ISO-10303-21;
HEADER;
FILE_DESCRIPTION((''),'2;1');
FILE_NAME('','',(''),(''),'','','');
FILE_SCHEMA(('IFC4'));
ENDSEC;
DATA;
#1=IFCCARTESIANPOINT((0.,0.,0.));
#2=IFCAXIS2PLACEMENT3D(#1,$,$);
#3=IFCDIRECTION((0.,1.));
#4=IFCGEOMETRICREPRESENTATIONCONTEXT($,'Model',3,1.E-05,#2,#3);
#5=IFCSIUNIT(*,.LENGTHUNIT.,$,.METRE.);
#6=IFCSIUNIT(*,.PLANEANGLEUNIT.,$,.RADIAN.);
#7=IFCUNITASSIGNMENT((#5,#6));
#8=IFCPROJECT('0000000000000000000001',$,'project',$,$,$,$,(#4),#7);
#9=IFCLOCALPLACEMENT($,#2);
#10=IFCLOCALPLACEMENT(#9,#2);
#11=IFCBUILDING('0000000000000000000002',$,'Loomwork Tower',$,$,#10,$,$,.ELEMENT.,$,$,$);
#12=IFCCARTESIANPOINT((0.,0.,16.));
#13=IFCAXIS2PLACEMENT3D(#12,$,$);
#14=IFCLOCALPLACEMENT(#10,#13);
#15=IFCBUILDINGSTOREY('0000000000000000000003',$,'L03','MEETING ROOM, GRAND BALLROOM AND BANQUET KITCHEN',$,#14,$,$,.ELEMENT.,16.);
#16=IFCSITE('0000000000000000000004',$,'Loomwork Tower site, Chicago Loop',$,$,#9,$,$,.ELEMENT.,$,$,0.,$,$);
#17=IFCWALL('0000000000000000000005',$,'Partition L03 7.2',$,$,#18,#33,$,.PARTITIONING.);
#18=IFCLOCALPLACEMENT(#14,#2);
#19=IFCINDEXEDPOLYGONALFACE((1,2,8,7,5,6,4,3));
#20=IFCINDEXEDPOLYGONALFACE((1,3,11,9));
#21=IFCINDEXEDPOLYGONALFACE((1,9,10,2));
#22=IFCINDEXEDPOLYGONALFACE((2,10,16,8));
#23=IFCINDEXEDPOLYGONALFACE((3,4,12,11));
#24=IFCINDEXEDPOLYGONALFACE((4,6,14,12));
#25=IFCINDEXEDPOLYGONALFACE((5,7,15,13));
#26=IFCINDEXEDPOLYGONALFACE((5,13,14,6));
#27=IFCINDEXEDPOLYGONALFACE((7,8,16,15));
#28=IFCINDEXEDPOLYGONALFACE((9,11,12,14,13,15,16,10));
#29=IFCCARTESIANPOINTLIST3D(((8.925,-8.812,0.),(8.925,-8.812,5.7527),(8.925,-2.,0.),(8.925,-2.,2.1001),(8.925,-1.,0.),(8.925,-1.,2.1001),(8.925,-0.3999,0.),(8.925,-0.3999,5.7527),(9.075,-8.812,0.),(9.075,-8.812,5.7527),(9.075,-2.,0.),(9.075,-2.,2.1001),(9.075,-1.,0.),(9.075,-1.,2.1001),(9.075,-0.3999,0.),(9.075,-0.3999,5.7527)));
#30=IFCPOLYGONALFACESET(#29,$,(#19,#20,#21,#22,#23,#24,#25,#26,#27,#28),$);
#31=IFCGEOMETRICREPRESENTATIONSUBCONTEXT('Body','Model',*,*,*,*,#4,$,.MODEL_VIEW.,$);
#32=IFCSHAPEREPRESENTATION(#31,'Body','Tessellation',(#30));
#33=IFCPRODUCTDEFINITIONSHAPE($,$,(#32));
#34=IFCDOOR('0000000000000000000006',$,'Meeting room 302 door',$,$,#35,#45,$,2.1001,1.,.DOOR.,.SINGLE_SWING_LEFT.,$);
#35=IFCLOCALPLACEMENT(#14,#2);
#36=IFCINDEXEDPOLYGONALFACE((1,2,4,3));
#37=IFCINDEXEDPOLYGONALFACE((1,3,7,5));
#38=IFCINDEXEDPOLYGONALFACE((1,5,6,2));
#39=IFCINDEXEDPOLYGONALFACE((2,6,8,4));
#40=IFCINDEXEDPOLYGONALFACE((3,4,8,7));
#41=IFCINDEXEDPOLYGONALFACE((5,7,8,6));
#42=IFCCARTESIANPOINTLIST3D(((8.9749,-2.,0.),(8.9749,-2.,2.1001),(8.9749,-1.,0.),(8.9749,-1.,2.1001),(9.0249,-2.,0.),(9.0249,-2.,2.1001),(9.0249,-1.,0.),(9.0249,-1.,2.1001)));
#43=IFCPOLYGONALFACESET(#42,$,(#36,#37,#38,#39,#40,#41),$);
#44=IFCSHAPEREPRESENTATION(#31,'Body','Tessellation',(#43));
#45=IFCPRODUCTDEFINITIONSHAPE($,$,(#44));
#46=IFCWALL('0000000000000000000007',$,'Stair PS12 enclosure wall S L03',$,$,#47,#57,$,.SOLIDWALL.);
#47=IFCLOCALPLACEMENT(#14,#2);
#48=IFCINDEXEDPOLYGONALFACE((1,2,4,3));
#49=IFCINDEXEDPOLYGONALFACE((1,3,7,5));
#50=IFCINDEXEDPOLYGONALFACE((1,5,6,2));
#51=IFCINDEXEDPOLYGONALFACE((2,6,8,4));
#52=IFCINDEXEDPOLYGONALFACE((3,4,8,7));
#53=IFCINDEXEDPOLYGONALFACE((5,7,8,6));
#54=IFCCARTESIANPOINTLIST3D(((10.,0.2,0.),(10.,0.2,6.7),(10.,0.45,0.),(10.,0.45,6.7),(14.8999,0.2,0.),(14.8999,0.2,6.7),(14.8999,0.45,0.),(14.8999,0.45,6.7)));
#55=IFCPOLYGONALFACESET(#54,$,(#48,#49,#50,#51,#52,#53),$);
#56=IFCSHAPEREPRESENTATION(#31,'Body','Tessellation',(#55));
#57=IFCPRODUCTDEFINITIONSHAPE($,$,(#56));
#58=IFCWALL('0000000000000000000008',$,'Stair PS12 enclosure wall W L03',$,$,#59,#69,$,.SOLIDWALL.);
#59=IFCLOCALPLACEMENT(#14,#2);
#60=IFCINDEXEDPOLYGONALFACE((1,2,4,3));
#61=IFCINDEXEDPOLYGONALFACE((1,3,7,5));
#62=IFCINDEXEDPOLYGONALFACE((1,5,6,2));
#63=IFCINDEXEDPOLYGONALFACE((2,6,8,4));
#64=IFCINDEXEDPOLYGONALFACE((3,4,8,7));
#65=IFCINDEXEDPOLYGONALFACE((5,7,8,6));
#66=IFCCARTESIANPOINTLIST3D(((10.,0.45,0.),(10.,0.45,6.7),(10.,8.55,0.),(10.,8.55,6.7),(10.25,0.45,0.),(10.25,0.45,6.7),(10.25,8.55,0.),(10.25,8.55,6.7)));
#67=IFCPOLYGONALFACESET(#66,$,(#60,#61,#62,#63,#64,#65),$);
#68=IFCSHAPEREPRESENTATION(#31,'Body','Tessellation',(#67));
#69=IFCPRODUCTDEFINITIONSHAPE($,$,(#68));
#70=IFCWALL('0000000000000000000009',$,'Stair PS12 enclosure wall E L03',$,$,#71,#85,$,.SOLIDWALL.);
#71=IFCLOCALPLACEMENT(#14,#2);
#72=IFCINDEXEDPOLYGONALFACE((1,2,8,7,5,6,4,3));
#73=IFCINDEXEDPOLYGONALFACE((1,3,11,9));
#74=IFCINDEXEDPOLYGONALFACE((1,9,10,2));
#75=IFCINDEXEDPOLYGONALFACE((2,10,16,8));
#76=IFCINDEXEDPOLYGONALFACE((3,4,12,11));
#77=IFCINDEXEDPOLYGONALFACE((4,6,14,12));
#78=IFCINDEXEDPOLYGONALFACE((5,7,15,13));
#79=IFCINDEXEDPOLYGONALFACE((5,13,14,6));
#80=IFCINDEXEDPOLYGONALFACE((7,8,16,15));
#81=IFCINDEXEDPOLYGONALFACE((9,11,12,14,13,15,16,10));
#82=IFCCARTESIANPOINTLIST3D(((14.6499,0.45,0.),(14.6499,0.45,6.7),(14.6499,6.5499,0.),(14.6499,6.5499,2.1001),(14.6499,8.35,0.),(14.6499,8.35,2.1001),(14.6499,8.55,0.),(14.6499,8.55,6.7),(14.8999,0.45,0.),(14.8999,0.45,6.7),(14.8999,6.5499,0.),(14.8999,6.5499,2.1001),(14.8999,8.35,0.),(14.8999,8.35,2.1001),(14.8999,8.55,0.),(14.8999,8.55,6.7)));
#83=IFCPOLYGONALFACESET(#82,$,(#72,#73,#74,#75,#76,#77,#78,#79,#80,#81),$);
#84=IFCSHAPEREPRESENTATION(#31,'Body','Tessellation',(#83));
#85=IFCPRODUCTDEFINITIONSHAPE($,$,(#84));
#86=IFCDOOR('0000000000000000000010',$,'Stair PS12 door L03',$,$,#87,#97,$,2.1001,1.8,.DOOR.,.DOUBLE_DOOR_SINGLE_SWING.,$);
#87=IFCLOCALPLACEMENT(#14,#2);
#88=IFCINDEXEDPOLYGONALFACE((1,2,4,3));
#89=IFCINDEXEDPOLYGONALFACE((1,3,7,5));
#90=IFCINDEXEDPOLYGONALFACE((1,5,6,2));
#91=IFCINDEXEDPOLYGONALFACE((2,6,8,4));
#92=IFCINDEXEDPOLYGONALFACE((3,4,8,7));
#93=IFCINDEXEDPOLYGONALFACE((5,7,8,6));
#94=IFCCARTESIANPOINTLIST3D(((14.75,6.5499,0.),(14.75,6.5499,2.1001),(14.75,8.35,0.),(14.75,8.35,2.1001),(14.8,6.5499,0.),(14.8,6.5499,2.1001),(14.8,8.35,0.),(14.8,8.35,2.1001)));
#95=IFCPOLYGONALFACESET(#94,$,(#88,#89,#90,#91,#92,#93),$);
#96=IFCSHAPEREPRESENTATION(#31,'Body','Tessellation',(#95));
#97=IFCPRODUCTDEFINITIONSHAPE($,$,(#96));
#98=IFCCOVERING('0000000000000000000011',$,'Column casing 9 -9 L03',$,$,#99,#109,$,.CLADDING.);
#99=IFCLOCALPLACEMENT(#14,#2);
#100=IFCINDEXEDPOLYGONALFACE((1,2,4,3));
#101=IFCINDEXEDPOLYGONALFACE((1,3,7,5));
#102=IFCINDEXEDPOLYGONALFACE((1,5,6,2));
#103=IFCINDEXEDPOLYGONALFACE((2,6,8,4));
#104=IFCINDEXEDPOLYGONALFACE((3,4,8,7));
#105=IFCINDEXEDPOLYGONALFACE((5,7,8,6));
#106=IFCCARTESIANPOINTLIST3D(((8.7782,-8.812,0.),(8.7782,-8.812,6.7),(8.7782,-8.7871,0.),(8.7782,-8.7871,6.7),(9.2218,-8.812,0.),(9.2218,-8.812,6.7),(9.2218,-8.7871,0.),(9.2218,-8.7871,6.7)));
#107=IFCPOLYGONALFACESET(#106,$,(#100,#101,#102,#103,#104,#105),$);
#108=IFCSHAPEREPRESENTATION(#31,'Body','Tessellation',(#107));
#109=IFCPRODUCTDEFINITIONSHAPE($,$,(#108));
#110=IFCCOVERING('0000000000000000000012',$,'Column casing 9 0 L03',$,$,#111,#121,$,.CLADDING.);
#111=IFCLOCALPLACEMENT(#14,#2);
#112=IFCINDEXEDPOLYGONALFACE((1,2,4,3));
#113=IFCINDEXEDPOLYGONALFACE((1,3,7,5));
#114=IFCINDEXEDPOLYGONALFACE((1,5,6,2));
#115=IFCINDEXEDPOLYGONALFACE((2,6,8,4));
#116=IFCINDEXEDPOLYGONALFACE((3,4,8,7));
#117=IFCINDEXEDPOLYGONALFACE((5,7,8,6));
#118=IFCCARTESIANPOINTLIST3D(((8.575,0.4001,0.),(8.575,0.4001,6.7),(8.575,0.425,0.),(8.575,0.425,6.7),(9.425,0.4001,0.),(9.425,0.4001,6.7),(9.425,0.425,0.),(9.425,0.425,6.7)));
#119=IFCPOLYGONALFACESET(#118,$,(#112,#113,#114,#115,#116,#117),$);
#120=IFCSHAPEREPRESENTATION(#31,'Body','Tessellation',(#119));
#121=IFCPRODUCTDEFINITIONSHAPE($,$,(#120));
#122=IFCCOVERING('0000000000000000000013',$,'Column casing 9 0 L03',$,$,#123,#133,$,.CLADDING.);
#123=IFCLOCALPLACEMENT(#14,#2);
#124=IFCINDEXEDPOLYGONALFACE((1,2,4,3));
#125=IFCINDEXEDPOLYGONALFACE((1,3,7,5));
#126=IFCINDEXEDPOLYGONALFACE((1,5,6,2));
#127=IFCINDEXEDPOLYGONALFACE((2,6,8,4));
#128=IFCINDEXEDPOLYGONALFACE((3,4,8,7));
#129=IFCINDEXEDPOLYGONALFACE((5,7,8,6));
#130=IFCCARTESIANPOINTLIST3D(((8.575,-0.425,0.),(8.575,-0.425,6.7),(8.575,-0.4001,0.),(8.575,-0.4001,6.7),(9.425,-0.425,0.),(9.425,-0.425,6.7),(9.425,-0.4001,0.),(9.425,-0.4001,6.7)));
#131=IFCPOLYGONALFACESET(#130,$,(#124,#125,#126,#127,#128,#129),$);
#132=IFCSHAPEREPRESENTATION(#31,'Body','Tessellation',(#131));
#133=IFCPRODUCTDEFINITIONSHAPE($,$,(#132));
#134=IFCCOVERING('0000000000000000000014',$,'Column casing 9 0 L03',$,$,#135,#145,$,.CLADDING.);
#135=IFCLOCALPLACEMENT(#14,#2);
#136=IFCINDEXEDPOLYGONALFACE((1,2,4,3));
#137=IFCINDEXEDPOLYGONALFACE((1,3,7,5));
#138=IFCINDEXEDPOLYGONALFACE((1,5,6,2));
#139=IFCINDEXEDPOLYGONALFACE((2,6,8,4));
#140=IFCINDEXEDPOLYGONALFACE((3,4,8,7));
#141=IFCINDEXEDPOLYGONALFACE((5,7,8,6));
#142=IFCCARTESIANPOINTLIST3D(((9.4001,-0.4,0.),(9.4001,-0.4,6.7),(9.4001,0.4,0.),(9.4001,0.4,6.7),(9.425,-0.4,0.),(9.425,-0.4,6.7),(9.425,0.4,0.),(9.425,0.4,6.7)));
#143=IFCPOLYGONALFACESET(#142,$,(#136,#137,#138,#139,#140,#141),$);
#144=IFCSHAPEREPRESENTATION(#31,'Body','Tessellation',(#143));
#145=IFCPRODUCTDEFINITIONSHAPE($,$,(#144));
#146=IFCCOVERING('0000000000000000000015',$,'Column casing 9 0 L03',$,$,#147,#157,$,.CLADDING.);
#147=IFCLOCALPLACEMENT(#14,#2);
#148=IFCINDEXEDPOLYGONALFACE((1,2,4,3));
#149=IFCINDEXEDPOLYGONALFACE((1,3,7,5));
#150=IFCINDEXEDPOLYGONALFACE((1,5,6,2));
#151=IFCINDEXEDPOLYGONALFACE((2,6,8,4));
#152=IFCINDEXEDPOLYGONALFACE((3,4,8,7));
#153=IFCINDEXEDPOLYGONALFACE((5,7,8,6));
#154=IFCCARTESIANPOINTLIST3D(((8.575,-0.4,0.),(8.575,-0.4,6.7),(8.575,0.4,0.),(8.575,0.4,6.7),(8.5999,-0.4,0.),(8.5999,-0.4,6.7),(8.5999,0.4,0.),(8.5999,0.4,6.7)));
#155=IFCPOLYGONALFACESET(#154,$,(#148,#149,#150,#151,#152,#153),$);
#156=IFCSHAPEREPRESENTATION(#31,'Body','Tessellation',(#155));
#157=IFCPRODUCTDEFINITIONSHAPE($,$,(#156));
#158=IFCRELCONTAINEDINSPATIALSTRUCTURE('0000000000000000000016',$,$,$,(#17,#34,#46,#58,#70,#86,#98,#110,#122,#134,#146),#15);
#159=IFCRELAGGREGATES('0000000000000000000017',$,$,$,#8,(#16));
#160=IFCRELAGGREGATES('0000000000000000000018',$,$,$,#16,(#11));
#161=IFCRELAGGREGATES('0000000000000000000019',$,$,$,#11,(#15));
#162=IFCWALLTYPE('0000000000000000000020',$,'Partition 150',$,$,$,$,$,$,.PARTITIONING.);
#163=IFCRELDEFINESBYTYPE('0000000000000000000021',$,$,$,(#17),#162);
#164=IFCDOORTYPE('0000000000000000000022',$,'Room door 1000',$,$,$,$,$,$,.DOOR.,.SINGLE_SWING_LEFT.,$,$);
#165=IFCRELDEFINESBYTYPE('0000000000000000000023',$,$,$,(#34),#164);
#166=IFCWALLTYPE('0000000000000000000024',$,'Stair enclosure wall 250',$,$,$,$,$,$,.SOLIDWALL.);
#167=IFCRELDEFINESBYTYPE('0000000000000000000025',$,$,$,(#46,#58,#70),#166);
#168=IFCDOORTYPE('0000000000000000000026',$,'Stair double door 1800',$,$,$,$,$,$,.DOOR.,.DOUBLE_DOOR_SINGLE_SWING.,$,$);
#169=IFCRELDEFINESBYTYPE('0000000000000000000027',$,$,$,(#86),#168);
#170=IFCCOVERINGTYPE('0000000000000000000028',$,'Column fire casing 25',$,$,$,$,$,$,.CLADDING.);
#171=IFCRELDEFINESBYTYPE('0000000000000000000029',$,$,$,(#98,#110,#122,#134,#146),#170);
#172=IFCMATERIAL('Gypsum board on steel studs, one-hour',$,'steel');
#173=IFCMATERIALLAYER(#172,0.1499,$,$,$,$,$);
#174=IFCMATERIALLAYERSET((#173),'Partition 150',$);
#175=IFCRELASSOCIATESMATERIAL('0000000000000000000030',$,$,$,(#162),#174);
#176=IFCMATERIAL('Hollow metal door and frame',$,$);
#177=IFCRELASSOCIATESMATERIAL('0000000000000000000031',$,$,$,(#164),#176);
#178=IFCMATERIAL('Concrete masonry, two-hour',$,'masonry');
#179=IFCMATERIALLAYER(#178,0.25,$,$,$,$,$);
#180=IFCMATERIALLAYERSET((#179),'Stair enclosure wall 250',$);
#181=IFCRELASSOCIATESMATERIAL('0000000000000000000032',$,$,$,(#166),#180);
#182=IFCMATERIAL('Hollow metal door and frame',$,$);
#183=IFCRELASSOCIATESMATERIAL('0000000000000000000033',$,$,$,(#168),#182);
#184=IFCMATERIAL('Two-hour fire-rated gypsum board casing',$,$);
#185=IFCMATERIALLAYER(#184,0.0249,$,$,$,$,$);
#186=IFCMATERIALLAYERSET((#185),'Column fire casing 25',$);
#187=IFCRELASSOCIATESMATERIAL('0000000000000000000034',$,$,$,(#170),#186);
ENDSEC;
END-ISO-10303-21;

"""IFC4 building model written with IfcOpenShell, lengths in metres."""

from ifc_helpers import new_model, si_unit, direction, frame, frame_2d, origin, origin_2d, place, context, subcontext, project, spatial, rectangle, extrude, material, layer, layer_set, type_object, element, fill, save


model = new_model("IFC4")

# Units and contexts
model_context = context("Model", 3, precision=1e-05, world=origin(), true_north=direction((0.0, 1.0)))
body_context = subcontext(model_context, "Body", "Model", "MODEL_VIEW")
ifc_project = project(units=[si_unit("LENGTHUNIT", "METRE"), si_unit("PLANEANGLEUNIT", "RADIAN")], contexts=[model_context])

# Site, building, storey
site_placement = place(None, origin())
site = spatial("IfcSite", under=ifc_project, at=site_placement, Name="Loomwork Tower site, Chicago Loop", CompositionType="ELEMENT", RefElevation=0.0)
building_placement = place(site_placement, origin())
building = spatial("IfcBuilding", under=site, at=building_placement, Name="Loomwork Tower", CompositionType="ELEMENT")
storey_placement = place(building_placement, frame((0.0, 0.0, 16.0)))
storey = spatial("IfcBuildingStorey", under=building, at=storey_placement, Name="L03", Description="MEETING ROOM, GRAND BALLROOM AND BANQUET KITCHEN", CompositionType="ELEMENT", Elevation=16.0)

# Wall, opening, door
ifc_material_1 = material(Name="Gypsum board on steel studs, one-hour", Category="steel")
ifc_layer_1 = layer(ifc_material_1, 0.1499)
ifc_layer_set_1 = layer_set([ifc_layer_1], Name="Partition 150")
wall_type_1 = type_object("IfcWallType", Name="Partition 150", PredefinedType="PARTITIONING", material=ifc_layer_set_1)
wall_1_placement = place(storey_placement, frame((9.0, -0.3999, 0.0), z_axis=(0.0, 0.0, 1.0), x_axis=(0.0, -1.0, 0.0)))
wall_1 = element("IfcWall", 1, at=wall_1_placement, inside=storey, type_object=wall_type_1, Name="Partition L03 7.2", PredefinedType="PARTITIONING", context=body_context, shape_type="SweptSolid", body=[
    extrude(rectangle(XDim=8.4121, YDim=0.1499, at=frame_2d((4.2061, 0.0))), origin(), (0.0, 0.0, 1.0), 5.7527),
])
opening_1_placement = place(wall_1_placement, frame((0.6001, 0.0, 0.0)))
opening_1 = element("IfcOpeningElement", 2, at=opening_1_placement, cuts=wall_1, PredefinedType="OPENING", context=body_context, shape_type="SweptSolid", body=[
    extrude(rectangle(XDim=1.0, YDim=2.1001, at=frame_2d((0.5, 1.05))), frame((0.0, 0.085, 0.0), z_axis=(0.0, -1.0, 0.0), x_axis=(1.0, 0.0, 0.0)), (0.0, 0.0, 1.0), 0.1699),
])
ifc_material_2 = material(Name="Hollow metal door and frame")
door_type_1 = type_object("IfcDoorType", Name="Room door 1000", OperationType="SINGLE_SWING_LEFT", PredefinedType="DOOR", material=ifc_material_2)
door_1_placement = place(opening_1_placement, origin())
door_1 = element("IfcDoor", 3, at=door_1_placement, inside=storey, type_object=door_type_1, Name="Meeting room 302 door", OperationType="SINGLE_SWING_LEFT", OverallHeight=2.1001, OverallWidth=1.0, PredefinedType="DOOR", context=body_context, shape_type="SweptSolid", body=[
    extrude(rectangle(XDim=1.0, YDim=2.1001, at=frame_2d((0.5, 1.05))), frame((0.0, 0.0249, 0.0), z_axis=(0.0, -1.0, 0.0), x_axis=(1.0, 0.0, 0.0)), (0.0, 0.0, 1.0), 0.05),
])
fill(opening_1, door_1)

# Walls
ifc_material_3 = material(Name="Concrete masonry, two-hour", Category="masonry")
ifc_layer_2 = layer(ifc_material_3, 0.25)
ifc_layer_set_2 = layer_set([ifc_layer_2], Name="Stair enclosure wall 250")
wall_type_2 = type_object("IfcWallType", Name="Stair enclosure wall 250", PredefinedType="SOLIDWALL", material=ifc_layer_set_2)
wall_2_placement = place(storey_placement, frame((10.0, 0.325, 0.0), z_axis=(0.0, 0.0, 1.0), x_axis=(1.0, 0.0, 0.0)))
element("IfcWall", 4, at=wall_2_placement, inside=storey, type_object=wall_type_2, Name="Stair PS12 enclosure wall S L03", PredefinedType="SOLIDWALL", context=body_context, shape_type="SweptSolid", body=[
    extrude(rectangle(XDim=4.8999, YDim=0.25, at=frame_2d((2.45, 0.0))), origin(), (0.0, 0.0, 1.0), 6.7),
])
wall_3_placement = place(storey_placement, frame((10.125, 0.45, 0.0), z_axis=(0.0, 0.0, 1.0), x_axis=(0.0, 1.0, 0.0)))
element("IfcWall", 5, at=wall_3_placement, inside=storey, type_object=wall_type_2, Name="Stair PS12 enclosure wall W L03", PredefinedType="SOLIDWALL", context=body_context, shape_type="SweptSolid", body=[
    extrude(rectangle(XDim=8.1001, YDim=0.25, at=frame_2d((4.05, 0.0))), origin(), (0.0, 0.0, 1.0), 6.7),
])

# Wall, opening, door
wall_4_placement = place(storey_placement, frame((14.7749, 0.45, 0.0), z_axis=(0.0, 0.0, 1.0), x_axis=(0.0, 1.0, 0.0)))
wall_4 = element("IfcWall", 6, at=wall_4_placement, inside=storey, type_object=wall_type_2, Name="Stair PS12 enclosure wall E L03", PredefinedType="SOLIDWALL", context=body_context, shape_type="SweptSolid", body=[
    extrude(rectangle(XDim=8.1001, YDim=0.25, at=frame_2d((4.05, 0.0))), origin(), (0.0, 0.0, 1.0), 6.7),
])
opening_2_placement = place(wall_4_placement, frame((6.1001, 0.0, 0.0)))
opening_2 = element("IfcOpeningElement", 7, at=opening_2_placement, cuts=wall_4, PredefinedType="OPENING", context=body_context, shape_type="SweptSolid", body=[
    extrude(rectangle(XDim=1.8, YDim=2.1001, at=frame_2d((0.8999, 1.05))), frame((0.0, 0.135, 0.0), z_axis=(0.0, -1.0, 0.0), x_axis=(1.0, 0.0, 0.0)), (0.0, 0.0, 1.0), 0.27),
])
ifc_material_4 = material(Name="Hollow metal door and frame")
door_type_2 = type_object("IfcDoorType", Name="Stair double door 1800", OperationType="DOUBLE_DOOR_SINGLE_SWING", PredefinedType="DOOR", material=ifc_material_4)
door_2_placement = place(opening_2_placement, origin())
door_2 = element("IfcDoor", 8, at=door_2_placement, inside=storey, type_object=door_type_2, Name="Stair PS12 door L03", OperationType="DOUBLE_DOOR_SINGLE_SWING", OverallHeight=2.1001, OverallWidth=1.8, PredefinedType="DOOR", context=body_context, shape_type="SweptSolid", body=[
    extrude(rectangle(XDim=1.8, YDim=2.1001, at=frame_2d((0.8999, 1.05))), frame((0.0, 0.0249, 0.0), z_axis=(0.0, -1.0, 0.0), x_axis=(1.0, 0.0, 0.0)), (0.0, 0.0, 1.0), 0.05),
])
fill(opening_2, door_2)

# Coverings
ifc_material_5 = material(Name="Two-hour fire-rated gypsum board casing")
ifc_layer_3 = layer(ifc_material_5, 0.0249)
ifc_layer_set_3 = layer_set([ifc_layer_3], Name="Column fire casing 25")
covering_type = type_object("IfcCoveringType", Name="Column fire casing 25", PredefinedType="CLADDING", material=ifc_layer_set_3)
covering_placement = place(storey_placement, frame((9.0, -8.7996, 0.0), z_axis=(0.0, 0.0, 1.0), x_axis=(1.0, 0.0, 0.0)))
element("IfcCovering", 9, at=covering_placement, inside=storey, type_object=covering_type, Name="Column casing 9 -9 L03", PredefinedType="CLADDING", context=body_context, shape_type="SweptSolid", body=[
    extrude(rectangle(XDim=0.4436, YDim=0.0249, at=origin_2d()), origin(), (0.0, 0.0, 1.0), 6.7),
])
for number, where, z_axis, x_axis, name in (
    (10, (9.0, 0.4126, 0.0), (0.0, 0.0, 1.0), (1.0, 0.0, 0.0), "Column casing 9 0 L03"),
    (11, (9.0, -0.4126, 0.0), (0.0, 0.0, 1.0), (1.0, 0.0, 0.0), "Column casing 9 0 L03"),
):
    element("IfcCovering", number, at=place(storey_placement, frame(where, z_axis=z_axis, x_axis=x_axis)), inside=storey, type_object=covering_type, Name=name, PredefinedType="CLADDING", context=body_context, shape_type="SweptSolid", body=[
        extrude(rectangle(XDim=0.8501, YDim=0.0249, at=origin_2d()), origin(), (0.0, 0.0, 1.0), 6.7),
    ])
for number, where, z_axis, x_axis, name in (
    (12, (9.4126, 0.0, 0.0), (0.0, 0.0, 1.0), (1.0, 0.0, 0.0), "Column casing 9 0 L03"),
    (13, (8.5874, 0.0, 0.0), (0.0, 0.0, 1.0), (1.0, 0.0, 0.0), "Column casing 9 0 L03"),
):
    element("IfcCovering", number, at=place(storey_placement, frame(where, z_axis=z_axis, x_axis=x_axis)), inside=storey, type_object=covering_type, Name=name, PredefinedType="CLADDING", context=body_context, shape_type="SweptSolid", body=[
        extrude(rectangle(XDim=0.0249, YDim=0.8, at=origin_2d()), origin(), (0.0, 0.0, 1.0), 6.7),
    ])

save(model, "model.ifc")
